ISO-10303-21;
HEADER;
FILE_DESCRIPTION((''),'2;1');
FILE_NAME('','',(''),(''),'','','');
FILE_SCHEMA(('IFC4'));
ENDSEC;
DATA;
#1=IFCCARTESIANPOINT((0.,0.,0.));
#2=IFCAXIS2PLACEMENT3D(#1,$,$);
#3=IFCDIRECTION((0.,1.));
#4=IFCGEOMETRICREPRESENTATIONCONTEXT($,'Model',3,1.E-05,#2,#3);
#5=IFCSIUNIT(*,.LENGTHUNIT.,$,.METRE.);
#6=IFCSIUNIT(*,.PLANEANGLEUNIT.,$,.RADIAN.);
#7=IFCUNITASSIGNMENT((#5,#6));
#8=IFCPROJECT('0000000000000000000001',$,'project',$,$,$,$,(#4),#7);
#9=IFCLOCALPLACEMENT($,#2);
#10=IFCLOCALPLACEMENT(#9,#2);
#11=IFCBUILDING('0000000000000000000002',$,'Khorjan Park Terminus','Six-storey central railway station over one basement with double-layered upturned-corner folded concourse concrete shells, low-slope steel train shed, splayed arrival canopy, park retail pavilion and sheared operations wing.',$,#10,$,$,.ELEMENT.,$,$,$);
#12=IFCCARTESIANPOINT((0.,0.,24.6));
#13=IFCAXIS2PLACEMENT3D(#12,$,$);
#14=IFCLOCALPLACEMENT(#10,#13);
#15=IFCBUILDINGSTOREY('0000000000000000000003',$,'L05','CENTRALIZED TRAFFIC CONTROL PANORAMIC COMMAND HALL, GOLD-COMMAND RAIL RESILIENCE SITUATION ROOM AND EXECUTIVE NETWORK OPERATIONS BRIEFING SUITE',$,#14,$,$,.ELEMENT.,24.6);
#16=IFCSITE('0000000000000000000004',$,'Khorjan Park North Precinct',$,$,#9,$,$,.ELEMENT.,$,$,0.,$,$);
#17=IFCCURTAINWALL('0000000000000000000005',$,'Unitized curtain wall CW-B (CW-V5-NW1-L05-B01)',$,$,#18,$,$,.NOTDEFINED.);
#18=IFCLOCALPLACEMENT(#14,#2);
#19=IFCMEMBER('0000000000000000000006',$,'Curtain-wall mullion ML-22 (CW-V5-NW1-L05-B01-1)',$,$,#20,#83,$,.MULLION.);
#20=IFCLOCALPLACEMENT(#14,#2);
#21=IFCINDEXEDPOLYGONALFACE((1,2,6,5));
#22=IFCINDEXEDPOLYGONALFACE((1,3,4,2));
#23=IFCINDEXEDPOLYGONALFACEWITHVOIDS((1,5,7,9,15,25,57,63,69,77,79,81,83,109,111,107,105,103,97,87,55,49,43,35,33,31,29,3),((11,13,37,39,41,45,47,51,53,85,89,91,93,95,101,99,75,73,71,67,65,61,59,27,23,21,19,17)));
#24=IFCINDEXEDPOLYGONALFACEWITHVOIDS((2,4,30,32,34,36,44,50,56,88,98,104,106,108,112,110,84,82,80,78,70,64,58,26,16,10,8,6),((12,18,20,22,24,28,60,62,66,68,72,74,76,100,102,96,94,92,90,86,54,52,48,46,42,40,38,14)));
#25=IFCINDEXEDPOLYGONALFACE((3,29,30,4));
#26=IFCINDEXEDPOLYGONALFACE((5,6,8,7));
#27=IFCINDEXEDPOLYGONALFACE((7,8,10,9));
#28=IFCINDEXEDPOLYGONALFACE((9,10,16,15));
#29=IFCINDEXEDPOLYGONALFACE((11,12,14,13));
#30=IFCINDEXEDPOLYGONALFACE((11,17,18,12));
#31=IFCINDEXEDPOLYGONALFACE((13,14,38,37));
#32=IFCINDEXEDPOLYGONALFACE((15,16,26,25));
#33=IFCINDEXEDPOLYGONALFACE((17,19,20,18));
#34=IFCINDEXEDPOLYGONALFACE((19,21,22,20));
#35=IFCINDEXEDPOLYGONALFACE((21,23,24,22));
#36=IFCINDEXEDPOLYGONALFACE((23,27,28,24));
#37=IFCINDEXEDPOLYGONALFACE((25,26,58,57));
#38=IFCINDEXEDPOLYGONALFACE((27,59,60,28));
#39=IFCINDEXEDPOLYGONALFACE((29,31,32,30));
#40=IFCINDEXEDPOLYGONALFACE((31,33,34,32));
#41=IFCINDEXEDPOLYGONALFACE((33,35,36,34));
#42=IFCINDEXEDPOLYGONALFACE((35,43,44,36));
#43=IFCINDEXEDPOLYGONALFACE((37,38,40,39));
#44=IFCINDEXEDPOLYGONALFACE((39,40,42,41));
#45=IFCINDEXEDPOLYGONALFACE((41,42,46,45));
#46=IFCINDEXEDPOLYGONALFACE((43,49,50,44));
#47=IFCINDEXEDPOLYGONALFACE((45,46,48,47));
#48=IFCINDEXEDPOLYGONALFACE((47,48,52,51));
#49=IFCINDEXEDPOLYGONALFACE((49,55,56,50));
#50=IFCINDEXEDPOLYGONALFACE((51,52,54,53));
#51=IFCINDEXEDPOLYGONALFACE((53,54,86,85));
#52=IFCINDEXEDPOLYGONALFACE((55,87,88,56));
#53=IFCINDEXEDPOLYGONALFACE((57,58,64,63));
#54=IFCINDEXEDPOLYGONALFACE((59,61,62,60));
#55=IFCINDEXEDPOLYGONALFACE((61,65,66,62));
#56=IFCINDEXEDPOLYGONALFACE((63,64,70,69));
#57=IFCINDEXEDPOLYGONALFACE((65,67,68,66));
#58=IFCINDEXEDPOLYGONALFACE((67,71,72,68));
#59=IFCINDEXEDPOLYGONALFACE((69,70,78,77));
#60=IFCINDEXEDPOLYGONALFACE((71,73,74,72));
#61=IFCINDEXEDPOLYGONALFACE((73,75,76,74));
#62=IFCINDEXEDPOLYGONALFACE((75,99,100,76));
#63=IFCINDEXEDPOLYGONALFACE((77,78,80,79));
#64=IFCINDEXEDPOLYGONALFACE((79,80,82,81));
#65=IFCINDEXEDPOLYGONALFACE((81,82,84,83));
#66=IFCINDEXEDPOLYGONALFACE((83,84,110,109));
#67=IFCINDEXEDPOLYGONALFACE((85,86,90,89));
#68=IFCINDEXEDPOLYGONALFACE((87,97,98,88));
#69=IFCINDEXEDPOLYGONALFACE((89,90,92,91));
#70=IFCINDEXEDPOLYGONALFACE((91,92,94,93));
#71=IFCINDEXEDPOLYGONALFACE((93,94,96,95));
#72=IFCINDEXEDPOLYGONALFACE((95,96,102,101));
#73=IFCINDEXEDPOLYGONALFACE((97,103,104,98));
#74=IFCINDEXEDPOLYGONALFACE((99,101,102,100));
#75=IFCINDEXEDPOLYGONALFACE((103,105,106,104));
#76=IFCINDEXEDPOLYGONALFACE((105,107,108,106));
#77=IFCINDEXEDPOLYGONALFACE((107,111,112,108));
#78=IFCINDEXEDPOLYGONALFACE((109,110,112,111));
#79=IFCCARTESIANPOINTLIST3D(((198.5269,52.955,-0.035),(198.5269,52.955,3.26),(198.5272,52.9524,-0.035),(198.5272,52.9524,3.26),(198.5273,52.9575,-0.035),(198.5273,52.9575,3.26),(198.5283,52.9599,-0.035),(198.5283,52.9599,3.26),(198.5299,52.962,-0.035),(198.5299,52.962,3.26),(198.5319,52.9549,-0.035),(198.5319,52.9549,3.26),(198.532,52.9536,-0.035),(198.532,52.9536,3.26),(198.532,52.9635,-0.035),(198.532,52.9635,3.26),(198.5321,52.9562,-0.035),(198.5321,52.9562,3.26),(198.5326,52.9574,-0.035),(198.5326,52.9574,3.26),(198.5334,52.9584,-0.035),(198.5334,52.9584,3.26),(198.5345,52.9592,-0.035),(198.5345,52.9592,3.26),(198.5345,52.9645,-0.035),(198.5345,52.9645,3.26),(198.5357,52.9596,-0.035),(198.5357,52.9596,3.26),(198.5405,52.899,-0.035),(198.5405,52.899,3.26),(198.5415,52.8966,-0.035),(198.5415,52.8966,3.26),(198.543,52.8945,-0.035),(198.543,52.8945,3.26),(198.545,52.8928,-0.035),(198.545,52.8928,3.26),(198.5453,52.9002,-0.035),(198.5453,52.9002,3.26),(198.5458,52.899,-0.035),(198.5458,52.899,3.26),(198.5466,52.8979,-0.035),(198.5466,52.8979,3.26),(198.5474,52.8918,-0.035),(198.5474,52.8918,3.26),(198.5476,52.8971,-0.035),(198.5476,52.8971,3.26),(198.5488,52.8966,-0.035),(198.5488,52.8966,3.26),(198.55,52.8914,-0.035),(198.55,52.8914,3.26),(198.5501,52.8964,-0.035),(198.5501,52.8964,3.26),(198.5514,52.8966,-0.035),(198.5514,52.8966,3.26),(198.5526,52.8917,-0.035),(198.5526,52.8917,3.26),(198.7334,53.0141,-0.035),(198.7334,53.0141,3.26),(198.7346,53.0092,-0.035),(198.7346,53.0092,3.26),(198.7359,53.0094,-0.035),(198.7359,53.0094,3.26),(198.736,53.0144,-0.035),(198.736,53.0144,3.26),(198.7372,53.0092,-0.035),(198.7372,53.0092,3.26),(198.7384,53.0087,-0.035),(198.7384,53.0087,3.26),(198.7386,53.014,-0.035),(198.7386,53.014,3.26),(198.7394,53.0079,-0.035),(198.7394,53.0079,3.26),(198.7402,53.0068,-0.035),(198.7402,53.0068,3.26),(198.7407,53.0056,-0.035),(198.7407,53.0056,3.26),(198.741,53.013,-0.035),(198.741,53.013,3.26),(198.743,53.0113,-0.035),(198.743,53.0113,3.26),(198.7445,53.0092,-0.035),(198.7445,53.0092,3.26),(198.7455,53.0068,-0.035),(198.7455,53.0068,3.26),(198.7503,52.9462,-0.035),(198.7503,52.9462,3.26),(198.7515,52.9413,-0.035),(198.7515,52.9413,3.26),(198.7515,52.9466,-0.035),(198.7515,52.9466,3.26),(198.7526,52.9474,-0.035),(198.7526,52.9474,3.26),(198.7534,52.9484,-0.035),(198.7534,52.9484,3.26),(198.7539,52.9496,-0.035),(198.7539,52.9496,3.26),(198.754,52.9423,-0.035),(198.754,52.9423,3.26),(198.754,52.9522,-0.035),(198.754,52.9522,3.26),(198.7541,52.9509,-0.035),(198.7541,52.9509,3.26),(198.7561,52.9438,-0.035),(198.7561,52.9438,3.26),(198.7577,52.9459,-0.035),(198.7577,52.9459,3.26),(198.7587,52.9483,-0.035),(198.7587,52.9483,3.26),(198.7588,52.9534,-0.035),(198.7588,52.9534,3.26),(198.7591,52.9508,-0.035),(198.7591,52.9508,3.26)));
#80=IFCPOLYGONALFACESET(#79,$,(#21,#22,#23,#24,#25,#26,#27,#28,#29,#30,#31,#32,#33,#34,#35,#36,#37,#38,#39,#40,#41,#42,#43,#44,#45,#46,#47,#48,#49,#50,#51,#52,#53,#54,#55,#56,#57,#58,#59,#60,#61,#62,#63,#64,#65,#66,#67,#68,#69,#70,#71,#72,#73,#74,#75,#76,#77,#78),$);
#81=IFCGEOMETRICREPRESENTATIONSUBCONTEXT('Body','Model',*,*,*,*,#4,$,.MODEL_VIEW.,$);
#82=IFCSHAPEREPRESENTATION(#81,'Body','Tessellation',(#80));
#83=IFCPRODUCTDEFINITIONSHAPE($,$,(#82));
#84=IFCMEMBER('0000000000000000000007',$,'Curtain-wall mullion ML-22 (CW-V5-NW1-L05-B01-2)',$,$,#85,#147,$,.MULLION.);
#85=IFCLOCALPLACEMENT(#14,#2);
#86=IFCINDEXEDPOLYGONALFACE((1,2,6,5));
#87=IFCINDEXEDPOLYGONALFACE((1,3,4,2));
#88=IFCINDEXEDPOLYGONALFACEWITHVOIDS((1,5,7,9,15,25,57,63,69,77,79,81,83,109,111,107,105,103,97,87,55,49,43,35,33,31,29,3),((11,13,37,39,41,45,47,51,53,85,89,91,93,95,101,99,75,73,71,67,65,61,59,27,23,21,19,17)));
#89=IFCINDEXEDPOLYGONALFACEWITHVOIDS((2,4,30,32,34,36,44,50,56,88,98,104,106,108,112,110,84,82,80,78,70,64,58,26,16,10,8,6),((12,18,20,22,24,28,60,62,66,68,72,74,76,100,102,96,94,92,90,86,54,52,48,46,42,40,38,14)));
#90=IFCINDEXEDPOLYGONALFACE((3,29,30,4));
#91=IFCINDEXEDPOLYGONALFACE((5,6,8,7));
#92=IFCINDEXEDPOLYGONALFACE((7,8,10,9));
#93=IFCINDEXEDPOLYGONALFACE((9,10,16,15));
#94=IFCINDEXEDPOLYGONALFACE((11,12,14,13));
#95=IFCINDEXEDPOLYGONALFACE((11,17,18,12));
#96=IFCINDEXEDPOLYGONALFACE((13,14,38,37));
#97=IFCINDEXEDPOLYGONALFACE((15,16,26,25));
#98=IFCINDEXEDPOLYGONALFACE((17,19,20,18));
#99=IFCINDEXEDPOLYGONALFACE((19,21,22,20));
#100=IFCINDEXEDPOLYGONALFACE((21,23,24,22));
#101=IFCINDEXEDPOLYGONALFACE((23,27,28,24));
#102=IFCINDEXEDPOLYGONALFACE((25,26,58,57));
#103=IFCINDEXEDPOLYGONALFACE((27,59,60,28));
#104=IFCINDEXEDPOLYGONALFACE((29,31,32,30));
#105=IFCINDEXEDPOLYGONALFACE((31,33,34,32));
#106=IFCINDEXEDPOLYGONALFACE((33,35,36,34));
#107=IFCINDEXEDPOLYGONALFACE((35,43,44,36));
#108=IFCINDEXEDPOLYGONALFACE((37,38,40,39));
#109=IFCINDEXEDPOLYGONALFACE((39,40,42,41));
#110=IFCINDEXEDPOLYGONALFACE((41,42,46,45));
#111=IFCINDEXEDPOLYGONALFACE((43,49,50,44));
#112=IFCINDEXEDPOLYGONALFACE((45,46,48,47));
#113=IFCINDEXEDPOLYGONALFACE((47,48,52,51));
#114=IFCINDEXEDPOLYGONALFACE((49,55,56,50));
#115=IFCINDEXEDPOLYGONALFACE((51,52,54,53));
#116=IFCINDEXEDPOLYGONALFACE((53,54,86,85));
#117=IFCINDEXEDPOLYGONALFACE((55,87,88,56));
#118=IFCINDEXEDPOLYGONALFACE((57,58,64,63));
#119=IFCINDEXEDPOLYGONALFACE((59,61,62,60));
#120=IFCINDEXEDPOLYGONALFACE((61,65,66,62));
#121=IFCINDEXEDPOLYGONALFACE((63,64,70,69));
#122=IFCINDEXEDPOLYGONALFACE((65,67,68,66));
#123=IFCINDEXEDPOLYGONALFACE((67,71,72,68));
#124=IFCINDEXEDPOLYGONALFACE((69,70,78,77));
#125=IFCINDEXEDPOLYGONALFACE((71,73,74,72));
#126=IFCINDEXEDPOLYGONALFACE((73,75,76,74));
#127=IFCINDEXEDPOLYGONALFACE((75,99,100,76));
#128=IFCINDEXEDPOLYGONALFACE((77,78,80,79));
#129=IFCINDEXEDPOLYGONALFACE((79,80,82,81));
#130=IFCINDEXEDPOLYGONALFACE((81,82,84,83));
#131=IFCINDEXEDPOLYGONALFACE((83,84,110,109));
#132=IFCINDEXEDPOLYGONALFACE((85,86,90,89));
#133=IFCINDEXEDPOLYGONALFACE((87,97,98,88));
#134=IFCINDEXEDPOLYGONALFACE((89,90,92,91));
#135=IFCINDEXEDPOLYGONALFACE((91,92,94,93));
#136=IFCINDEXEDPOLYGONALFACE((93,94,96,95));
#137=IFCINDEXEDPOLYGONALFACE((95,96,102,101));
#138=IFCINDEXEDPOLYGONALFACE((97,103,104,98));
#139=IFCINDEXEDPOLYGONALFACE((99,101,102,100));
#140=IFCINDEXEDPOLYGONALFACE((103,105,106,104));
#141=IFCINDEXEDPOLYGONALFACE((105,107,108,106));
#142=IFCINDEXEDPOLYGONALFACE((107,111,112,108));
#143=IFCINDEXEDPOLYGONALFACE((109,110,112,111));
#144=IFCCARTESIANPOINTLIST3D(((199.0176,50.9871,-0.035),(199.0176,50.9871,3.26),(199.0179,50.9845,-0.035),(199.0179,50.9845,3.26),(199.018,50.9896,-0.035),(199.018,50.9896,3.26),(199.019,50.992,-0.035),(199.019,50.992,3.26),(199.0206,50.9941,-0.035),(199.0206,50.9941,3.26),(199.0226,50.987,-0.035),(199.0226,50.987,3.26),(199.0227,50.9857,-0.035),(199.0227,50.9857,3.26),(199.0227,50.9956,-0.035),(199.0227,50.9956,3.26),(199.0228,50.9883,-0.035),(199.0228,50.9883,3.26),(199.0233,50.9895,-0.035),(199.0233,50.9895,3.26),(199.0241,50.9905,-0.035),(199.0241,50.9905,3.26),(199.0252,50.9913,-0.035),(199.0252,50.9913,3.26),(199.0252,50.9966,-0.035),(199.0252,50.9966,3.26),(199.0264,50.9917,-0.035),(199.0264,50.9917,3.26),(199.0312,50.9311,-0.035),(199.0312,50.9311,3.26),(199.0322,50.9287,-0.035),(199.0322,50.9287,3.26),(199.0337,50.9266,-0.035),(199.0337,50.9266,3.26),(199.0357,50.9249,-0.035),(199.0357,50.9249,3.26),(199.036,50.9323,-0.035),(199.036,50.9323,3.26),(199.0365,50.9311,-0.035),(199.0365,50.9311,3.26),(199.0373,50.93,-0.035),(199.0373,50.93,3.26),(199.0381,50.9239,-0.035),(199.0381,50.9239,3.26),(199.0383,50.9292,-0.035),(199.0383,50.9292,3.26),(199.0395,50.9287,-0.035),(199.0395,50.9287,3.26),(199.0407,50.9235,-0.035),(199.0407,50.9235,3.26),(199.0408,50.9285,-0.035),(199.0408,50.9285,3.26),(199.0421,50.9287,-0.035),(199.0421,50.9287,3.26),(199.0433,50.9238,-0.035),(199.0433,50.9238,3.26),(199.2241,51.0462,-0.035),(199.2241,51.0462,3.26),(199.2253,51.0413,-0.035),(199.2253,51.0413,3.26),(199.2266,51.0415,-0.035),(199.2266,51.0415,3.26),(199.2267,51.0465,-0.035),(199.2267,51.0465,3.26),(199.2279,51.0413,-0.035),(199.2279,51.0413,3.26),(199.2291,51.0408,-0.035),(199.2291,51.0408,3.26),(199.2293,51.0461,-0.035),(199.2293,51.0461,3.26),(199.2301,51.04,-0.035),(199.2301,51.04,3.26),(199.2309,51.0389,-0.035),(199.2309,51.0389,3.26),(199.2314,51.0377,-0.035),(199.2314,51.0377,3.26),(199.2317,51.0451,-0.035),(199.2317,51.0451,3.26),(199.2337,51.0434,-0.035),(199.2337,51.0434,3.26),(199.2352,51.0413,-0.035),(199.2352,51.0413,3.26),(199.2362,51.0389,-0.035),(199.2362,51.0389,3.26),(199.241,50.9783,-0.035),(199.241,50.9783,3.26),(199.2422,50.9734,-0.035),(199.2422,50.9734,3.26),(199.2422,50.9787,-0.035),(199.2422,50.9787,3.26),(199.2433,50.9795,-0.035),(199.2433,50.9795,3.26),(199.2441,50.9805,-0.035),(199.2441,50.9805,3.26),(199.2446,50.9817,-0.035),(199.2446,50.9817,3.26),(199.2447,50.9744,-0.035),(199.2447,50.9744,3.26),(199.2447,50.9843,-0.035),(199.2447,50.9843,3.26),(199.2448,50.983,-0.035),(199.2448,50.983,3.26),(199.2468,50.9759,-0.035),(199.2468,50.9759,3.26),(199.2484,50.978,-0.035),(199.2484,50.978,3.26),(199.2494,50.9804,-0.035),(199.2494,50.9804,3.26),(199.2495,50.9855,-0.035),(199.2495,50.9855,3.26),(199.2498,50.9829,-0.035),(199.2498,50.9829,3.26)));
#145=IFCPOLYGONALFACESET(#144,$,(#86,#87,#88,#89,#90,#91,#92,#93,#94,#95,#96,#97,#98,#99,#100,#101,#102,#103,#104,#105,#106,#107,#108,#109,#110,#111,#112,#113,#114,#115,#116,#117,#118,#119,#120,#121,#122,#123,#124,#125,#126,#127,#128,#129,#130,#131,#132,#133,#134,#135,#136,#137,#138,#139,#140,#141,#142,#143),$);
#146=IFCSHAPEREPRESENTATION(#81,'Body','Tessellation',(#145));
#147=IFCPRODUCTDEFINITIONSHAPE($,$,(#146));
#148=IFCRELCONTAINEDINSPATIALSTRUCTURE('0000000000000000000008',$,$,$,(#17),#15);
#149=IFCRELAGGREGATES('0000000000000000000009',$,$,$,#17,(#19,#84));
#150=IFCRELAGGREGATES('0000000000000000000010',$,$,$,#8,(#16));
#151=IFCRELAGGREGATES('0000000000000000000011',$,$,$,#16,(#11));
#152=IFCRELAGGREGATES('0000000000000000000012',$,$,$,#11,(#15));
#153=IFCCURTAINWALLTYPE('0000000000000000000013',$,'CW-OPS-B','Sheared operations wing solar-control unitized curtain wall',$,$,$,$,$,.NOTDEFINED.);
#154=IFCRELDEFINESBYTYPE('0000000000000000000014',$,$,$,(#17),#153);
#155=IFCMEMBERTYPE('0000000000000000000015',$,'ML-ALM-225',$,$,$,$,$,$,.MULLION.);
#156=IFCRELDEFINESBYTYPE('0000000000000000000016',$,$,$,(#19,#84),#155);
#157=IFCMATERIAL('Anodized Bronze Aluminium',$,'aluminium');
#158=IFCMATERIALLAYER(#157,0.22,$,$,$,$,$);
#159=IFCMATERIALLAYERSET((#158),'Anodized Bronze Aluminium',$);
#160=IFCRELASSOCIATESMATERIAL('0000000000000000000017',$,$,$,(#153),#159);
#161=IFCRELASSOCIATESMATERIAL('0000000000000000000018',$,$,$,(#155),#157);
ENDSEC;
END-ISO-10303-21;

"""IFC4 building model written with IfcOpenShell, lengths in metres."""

from ifc_helpers import new_model, si_unit, direction, frame, origin, origin_2d, place, context, subcontext, project, spatial, hollow_rectangle, extrude, material, layer, layer_set, material_profile, profile_set, type_object, element, aggregate, save


model = new_model("IFC4")

# Units and contexts
model_context = context("Model", 3, precision=1e-05, world=origin(), true_north=direction((0.0, 1.0)))
body_context = subcontext(model_context, "Body", "Model", "MODEL_VIEW")
ifc_project = project(units=[si_unit("LENGTHUNIT", "METRE"), si_unit("PLANEANGLEUNIT", "RADIAN")], contexts=[model_context])

# Site, building, storey
site_placement = place(None, origin())
site = spatial("IfcSite", under=ifc_project, at=site_placement, Name="Khorjan Park North Precinct", CompositionType="ELEMENT", RefElevation=0.0)
building_placement = place(site_placement, origin())
building = spatial("IfcBuilding", under=site, at=building_placement, Name="Khorjan Park Terminus", Description="Six-storey central railway station over one basement with double-layered upturned-corner folded concourse concrete shells, low-slope steel train shed, splayed arrival canopy, park retail pavilion and sheared operations wing.", CompositionType="ELEMENT")
storey_placement = place(building_placement, frame((0.0, 0.0, 24.6)))
storey = spatial("IfcBuildingStorey", under=building, at=storey_placement, Name="L05", Description="CENTRALIZED TRAFFIC CONTROL PANORAMIC COMMAND HALL, GOLD-COMMAND RAIL RESILIENCE SITUATION ROOM AND EXECUTIVE NETWORK OPERATIONS BRIEFING SUITE", CompositionType="ELEMENT", Elevation=24.6)

# Curtain wall, members
ifc_material_1 = material(Name="Anodized Bronze Aluminium", Category="aluminium")
ifc_layer_1 = layer(ifc_material_1, 0.22)
ifc_layer_set_1 = layer_set([ifc_layer_1], Name="Anodized Bronze Aluminium")
curtain_wall_type = type_object("IfcCurtainWallType", Name="CW-OPS-B", Description="Sheared operations wing solar-control unitized curtain wall", PredefinedType="NOTDEFINED", material=ifc_layer_set_1)
curtain_wall_placement = place(storey_placement, origin())
curtain_wall = element("IfcCurtainWall", 1, at=curtain_wall_placement, inside=storey, type_object=curtain_wall_type, Name="Unitized curtain wall CW-B (CW-V5-NW1-L05-B01)", PredefinedType="NOTDEFINED")
ifc_material_profile_1 = material_profile(ifc_material_1, hollow_rectangle(XDim=0.075, YDim=0.225, WallThickness=0.005, InnerFilletRadius=0.005, OuterFilletRadius=0.01, at=origin_2d()), Name="ALM 75x225x5")
ifc_profile_set_1 = profile_set([ifc_material_profile_1], Name="Anodized Bronze Aluminium")
member_type_1 = type_object("IfcMemberType", Name="ML-ALM-225", PredefinedType="MULLION", material=ifc_profile_set_1)
member_1_placement = place(storey_placement, frame((198.643, 52.9529, -0.035), z_axis=(0.0, 0.0, 1.0), x_axis=(0.241932, -0.970293, 0.0)))
member_1 = element("IfcMember", 2, at=member_1_placement, type_object=member_type_1, Name="Curtain-wall mullion ML-22 (CW-V5-NW1-L05-B01-1)", PredefinedType="MULLION", context=body_context, shape_type="SweptSolid", body=[
    extrude(hollow_rectangle(XDim=0.075, YDim=0.225, WallThickness=0.005, InnerFilletRadius=0.005, OuterFilletRadius=0.01, at=origin_2d()), origin(), (0.0, 0.0, 1.0), 3.295),
])
member_2_placement = place(storey_placement, frame((199.1337, 50.985, -0.035), z_axis=(0.0, 0.0, 1.0), x_axis=(0.241932, -0.970293, 0.0)))
member_2 = element("IfcMember", 3, at=member_2_placement, type_object=member_type_1, Name="Curtain-wall mullion ML-22 (CW-V5-NW1-L05-B01-2)", PredefinedType="MULLION", context=body_context, shape_type="SweptSolid", body=[
    extrude(hollow_rectangle(XDim=0.075, YDim=0.225, WallThickness=0.005, InnerFilletRadius=0.005, OuterFilletRadius=0.01, at=origin_2d()), origin(), (0.0, 0.0, 1.0), 3.295),
])
aggregate(curtain_wall, [member_1, member_2])

save(model, "model.ifc")
